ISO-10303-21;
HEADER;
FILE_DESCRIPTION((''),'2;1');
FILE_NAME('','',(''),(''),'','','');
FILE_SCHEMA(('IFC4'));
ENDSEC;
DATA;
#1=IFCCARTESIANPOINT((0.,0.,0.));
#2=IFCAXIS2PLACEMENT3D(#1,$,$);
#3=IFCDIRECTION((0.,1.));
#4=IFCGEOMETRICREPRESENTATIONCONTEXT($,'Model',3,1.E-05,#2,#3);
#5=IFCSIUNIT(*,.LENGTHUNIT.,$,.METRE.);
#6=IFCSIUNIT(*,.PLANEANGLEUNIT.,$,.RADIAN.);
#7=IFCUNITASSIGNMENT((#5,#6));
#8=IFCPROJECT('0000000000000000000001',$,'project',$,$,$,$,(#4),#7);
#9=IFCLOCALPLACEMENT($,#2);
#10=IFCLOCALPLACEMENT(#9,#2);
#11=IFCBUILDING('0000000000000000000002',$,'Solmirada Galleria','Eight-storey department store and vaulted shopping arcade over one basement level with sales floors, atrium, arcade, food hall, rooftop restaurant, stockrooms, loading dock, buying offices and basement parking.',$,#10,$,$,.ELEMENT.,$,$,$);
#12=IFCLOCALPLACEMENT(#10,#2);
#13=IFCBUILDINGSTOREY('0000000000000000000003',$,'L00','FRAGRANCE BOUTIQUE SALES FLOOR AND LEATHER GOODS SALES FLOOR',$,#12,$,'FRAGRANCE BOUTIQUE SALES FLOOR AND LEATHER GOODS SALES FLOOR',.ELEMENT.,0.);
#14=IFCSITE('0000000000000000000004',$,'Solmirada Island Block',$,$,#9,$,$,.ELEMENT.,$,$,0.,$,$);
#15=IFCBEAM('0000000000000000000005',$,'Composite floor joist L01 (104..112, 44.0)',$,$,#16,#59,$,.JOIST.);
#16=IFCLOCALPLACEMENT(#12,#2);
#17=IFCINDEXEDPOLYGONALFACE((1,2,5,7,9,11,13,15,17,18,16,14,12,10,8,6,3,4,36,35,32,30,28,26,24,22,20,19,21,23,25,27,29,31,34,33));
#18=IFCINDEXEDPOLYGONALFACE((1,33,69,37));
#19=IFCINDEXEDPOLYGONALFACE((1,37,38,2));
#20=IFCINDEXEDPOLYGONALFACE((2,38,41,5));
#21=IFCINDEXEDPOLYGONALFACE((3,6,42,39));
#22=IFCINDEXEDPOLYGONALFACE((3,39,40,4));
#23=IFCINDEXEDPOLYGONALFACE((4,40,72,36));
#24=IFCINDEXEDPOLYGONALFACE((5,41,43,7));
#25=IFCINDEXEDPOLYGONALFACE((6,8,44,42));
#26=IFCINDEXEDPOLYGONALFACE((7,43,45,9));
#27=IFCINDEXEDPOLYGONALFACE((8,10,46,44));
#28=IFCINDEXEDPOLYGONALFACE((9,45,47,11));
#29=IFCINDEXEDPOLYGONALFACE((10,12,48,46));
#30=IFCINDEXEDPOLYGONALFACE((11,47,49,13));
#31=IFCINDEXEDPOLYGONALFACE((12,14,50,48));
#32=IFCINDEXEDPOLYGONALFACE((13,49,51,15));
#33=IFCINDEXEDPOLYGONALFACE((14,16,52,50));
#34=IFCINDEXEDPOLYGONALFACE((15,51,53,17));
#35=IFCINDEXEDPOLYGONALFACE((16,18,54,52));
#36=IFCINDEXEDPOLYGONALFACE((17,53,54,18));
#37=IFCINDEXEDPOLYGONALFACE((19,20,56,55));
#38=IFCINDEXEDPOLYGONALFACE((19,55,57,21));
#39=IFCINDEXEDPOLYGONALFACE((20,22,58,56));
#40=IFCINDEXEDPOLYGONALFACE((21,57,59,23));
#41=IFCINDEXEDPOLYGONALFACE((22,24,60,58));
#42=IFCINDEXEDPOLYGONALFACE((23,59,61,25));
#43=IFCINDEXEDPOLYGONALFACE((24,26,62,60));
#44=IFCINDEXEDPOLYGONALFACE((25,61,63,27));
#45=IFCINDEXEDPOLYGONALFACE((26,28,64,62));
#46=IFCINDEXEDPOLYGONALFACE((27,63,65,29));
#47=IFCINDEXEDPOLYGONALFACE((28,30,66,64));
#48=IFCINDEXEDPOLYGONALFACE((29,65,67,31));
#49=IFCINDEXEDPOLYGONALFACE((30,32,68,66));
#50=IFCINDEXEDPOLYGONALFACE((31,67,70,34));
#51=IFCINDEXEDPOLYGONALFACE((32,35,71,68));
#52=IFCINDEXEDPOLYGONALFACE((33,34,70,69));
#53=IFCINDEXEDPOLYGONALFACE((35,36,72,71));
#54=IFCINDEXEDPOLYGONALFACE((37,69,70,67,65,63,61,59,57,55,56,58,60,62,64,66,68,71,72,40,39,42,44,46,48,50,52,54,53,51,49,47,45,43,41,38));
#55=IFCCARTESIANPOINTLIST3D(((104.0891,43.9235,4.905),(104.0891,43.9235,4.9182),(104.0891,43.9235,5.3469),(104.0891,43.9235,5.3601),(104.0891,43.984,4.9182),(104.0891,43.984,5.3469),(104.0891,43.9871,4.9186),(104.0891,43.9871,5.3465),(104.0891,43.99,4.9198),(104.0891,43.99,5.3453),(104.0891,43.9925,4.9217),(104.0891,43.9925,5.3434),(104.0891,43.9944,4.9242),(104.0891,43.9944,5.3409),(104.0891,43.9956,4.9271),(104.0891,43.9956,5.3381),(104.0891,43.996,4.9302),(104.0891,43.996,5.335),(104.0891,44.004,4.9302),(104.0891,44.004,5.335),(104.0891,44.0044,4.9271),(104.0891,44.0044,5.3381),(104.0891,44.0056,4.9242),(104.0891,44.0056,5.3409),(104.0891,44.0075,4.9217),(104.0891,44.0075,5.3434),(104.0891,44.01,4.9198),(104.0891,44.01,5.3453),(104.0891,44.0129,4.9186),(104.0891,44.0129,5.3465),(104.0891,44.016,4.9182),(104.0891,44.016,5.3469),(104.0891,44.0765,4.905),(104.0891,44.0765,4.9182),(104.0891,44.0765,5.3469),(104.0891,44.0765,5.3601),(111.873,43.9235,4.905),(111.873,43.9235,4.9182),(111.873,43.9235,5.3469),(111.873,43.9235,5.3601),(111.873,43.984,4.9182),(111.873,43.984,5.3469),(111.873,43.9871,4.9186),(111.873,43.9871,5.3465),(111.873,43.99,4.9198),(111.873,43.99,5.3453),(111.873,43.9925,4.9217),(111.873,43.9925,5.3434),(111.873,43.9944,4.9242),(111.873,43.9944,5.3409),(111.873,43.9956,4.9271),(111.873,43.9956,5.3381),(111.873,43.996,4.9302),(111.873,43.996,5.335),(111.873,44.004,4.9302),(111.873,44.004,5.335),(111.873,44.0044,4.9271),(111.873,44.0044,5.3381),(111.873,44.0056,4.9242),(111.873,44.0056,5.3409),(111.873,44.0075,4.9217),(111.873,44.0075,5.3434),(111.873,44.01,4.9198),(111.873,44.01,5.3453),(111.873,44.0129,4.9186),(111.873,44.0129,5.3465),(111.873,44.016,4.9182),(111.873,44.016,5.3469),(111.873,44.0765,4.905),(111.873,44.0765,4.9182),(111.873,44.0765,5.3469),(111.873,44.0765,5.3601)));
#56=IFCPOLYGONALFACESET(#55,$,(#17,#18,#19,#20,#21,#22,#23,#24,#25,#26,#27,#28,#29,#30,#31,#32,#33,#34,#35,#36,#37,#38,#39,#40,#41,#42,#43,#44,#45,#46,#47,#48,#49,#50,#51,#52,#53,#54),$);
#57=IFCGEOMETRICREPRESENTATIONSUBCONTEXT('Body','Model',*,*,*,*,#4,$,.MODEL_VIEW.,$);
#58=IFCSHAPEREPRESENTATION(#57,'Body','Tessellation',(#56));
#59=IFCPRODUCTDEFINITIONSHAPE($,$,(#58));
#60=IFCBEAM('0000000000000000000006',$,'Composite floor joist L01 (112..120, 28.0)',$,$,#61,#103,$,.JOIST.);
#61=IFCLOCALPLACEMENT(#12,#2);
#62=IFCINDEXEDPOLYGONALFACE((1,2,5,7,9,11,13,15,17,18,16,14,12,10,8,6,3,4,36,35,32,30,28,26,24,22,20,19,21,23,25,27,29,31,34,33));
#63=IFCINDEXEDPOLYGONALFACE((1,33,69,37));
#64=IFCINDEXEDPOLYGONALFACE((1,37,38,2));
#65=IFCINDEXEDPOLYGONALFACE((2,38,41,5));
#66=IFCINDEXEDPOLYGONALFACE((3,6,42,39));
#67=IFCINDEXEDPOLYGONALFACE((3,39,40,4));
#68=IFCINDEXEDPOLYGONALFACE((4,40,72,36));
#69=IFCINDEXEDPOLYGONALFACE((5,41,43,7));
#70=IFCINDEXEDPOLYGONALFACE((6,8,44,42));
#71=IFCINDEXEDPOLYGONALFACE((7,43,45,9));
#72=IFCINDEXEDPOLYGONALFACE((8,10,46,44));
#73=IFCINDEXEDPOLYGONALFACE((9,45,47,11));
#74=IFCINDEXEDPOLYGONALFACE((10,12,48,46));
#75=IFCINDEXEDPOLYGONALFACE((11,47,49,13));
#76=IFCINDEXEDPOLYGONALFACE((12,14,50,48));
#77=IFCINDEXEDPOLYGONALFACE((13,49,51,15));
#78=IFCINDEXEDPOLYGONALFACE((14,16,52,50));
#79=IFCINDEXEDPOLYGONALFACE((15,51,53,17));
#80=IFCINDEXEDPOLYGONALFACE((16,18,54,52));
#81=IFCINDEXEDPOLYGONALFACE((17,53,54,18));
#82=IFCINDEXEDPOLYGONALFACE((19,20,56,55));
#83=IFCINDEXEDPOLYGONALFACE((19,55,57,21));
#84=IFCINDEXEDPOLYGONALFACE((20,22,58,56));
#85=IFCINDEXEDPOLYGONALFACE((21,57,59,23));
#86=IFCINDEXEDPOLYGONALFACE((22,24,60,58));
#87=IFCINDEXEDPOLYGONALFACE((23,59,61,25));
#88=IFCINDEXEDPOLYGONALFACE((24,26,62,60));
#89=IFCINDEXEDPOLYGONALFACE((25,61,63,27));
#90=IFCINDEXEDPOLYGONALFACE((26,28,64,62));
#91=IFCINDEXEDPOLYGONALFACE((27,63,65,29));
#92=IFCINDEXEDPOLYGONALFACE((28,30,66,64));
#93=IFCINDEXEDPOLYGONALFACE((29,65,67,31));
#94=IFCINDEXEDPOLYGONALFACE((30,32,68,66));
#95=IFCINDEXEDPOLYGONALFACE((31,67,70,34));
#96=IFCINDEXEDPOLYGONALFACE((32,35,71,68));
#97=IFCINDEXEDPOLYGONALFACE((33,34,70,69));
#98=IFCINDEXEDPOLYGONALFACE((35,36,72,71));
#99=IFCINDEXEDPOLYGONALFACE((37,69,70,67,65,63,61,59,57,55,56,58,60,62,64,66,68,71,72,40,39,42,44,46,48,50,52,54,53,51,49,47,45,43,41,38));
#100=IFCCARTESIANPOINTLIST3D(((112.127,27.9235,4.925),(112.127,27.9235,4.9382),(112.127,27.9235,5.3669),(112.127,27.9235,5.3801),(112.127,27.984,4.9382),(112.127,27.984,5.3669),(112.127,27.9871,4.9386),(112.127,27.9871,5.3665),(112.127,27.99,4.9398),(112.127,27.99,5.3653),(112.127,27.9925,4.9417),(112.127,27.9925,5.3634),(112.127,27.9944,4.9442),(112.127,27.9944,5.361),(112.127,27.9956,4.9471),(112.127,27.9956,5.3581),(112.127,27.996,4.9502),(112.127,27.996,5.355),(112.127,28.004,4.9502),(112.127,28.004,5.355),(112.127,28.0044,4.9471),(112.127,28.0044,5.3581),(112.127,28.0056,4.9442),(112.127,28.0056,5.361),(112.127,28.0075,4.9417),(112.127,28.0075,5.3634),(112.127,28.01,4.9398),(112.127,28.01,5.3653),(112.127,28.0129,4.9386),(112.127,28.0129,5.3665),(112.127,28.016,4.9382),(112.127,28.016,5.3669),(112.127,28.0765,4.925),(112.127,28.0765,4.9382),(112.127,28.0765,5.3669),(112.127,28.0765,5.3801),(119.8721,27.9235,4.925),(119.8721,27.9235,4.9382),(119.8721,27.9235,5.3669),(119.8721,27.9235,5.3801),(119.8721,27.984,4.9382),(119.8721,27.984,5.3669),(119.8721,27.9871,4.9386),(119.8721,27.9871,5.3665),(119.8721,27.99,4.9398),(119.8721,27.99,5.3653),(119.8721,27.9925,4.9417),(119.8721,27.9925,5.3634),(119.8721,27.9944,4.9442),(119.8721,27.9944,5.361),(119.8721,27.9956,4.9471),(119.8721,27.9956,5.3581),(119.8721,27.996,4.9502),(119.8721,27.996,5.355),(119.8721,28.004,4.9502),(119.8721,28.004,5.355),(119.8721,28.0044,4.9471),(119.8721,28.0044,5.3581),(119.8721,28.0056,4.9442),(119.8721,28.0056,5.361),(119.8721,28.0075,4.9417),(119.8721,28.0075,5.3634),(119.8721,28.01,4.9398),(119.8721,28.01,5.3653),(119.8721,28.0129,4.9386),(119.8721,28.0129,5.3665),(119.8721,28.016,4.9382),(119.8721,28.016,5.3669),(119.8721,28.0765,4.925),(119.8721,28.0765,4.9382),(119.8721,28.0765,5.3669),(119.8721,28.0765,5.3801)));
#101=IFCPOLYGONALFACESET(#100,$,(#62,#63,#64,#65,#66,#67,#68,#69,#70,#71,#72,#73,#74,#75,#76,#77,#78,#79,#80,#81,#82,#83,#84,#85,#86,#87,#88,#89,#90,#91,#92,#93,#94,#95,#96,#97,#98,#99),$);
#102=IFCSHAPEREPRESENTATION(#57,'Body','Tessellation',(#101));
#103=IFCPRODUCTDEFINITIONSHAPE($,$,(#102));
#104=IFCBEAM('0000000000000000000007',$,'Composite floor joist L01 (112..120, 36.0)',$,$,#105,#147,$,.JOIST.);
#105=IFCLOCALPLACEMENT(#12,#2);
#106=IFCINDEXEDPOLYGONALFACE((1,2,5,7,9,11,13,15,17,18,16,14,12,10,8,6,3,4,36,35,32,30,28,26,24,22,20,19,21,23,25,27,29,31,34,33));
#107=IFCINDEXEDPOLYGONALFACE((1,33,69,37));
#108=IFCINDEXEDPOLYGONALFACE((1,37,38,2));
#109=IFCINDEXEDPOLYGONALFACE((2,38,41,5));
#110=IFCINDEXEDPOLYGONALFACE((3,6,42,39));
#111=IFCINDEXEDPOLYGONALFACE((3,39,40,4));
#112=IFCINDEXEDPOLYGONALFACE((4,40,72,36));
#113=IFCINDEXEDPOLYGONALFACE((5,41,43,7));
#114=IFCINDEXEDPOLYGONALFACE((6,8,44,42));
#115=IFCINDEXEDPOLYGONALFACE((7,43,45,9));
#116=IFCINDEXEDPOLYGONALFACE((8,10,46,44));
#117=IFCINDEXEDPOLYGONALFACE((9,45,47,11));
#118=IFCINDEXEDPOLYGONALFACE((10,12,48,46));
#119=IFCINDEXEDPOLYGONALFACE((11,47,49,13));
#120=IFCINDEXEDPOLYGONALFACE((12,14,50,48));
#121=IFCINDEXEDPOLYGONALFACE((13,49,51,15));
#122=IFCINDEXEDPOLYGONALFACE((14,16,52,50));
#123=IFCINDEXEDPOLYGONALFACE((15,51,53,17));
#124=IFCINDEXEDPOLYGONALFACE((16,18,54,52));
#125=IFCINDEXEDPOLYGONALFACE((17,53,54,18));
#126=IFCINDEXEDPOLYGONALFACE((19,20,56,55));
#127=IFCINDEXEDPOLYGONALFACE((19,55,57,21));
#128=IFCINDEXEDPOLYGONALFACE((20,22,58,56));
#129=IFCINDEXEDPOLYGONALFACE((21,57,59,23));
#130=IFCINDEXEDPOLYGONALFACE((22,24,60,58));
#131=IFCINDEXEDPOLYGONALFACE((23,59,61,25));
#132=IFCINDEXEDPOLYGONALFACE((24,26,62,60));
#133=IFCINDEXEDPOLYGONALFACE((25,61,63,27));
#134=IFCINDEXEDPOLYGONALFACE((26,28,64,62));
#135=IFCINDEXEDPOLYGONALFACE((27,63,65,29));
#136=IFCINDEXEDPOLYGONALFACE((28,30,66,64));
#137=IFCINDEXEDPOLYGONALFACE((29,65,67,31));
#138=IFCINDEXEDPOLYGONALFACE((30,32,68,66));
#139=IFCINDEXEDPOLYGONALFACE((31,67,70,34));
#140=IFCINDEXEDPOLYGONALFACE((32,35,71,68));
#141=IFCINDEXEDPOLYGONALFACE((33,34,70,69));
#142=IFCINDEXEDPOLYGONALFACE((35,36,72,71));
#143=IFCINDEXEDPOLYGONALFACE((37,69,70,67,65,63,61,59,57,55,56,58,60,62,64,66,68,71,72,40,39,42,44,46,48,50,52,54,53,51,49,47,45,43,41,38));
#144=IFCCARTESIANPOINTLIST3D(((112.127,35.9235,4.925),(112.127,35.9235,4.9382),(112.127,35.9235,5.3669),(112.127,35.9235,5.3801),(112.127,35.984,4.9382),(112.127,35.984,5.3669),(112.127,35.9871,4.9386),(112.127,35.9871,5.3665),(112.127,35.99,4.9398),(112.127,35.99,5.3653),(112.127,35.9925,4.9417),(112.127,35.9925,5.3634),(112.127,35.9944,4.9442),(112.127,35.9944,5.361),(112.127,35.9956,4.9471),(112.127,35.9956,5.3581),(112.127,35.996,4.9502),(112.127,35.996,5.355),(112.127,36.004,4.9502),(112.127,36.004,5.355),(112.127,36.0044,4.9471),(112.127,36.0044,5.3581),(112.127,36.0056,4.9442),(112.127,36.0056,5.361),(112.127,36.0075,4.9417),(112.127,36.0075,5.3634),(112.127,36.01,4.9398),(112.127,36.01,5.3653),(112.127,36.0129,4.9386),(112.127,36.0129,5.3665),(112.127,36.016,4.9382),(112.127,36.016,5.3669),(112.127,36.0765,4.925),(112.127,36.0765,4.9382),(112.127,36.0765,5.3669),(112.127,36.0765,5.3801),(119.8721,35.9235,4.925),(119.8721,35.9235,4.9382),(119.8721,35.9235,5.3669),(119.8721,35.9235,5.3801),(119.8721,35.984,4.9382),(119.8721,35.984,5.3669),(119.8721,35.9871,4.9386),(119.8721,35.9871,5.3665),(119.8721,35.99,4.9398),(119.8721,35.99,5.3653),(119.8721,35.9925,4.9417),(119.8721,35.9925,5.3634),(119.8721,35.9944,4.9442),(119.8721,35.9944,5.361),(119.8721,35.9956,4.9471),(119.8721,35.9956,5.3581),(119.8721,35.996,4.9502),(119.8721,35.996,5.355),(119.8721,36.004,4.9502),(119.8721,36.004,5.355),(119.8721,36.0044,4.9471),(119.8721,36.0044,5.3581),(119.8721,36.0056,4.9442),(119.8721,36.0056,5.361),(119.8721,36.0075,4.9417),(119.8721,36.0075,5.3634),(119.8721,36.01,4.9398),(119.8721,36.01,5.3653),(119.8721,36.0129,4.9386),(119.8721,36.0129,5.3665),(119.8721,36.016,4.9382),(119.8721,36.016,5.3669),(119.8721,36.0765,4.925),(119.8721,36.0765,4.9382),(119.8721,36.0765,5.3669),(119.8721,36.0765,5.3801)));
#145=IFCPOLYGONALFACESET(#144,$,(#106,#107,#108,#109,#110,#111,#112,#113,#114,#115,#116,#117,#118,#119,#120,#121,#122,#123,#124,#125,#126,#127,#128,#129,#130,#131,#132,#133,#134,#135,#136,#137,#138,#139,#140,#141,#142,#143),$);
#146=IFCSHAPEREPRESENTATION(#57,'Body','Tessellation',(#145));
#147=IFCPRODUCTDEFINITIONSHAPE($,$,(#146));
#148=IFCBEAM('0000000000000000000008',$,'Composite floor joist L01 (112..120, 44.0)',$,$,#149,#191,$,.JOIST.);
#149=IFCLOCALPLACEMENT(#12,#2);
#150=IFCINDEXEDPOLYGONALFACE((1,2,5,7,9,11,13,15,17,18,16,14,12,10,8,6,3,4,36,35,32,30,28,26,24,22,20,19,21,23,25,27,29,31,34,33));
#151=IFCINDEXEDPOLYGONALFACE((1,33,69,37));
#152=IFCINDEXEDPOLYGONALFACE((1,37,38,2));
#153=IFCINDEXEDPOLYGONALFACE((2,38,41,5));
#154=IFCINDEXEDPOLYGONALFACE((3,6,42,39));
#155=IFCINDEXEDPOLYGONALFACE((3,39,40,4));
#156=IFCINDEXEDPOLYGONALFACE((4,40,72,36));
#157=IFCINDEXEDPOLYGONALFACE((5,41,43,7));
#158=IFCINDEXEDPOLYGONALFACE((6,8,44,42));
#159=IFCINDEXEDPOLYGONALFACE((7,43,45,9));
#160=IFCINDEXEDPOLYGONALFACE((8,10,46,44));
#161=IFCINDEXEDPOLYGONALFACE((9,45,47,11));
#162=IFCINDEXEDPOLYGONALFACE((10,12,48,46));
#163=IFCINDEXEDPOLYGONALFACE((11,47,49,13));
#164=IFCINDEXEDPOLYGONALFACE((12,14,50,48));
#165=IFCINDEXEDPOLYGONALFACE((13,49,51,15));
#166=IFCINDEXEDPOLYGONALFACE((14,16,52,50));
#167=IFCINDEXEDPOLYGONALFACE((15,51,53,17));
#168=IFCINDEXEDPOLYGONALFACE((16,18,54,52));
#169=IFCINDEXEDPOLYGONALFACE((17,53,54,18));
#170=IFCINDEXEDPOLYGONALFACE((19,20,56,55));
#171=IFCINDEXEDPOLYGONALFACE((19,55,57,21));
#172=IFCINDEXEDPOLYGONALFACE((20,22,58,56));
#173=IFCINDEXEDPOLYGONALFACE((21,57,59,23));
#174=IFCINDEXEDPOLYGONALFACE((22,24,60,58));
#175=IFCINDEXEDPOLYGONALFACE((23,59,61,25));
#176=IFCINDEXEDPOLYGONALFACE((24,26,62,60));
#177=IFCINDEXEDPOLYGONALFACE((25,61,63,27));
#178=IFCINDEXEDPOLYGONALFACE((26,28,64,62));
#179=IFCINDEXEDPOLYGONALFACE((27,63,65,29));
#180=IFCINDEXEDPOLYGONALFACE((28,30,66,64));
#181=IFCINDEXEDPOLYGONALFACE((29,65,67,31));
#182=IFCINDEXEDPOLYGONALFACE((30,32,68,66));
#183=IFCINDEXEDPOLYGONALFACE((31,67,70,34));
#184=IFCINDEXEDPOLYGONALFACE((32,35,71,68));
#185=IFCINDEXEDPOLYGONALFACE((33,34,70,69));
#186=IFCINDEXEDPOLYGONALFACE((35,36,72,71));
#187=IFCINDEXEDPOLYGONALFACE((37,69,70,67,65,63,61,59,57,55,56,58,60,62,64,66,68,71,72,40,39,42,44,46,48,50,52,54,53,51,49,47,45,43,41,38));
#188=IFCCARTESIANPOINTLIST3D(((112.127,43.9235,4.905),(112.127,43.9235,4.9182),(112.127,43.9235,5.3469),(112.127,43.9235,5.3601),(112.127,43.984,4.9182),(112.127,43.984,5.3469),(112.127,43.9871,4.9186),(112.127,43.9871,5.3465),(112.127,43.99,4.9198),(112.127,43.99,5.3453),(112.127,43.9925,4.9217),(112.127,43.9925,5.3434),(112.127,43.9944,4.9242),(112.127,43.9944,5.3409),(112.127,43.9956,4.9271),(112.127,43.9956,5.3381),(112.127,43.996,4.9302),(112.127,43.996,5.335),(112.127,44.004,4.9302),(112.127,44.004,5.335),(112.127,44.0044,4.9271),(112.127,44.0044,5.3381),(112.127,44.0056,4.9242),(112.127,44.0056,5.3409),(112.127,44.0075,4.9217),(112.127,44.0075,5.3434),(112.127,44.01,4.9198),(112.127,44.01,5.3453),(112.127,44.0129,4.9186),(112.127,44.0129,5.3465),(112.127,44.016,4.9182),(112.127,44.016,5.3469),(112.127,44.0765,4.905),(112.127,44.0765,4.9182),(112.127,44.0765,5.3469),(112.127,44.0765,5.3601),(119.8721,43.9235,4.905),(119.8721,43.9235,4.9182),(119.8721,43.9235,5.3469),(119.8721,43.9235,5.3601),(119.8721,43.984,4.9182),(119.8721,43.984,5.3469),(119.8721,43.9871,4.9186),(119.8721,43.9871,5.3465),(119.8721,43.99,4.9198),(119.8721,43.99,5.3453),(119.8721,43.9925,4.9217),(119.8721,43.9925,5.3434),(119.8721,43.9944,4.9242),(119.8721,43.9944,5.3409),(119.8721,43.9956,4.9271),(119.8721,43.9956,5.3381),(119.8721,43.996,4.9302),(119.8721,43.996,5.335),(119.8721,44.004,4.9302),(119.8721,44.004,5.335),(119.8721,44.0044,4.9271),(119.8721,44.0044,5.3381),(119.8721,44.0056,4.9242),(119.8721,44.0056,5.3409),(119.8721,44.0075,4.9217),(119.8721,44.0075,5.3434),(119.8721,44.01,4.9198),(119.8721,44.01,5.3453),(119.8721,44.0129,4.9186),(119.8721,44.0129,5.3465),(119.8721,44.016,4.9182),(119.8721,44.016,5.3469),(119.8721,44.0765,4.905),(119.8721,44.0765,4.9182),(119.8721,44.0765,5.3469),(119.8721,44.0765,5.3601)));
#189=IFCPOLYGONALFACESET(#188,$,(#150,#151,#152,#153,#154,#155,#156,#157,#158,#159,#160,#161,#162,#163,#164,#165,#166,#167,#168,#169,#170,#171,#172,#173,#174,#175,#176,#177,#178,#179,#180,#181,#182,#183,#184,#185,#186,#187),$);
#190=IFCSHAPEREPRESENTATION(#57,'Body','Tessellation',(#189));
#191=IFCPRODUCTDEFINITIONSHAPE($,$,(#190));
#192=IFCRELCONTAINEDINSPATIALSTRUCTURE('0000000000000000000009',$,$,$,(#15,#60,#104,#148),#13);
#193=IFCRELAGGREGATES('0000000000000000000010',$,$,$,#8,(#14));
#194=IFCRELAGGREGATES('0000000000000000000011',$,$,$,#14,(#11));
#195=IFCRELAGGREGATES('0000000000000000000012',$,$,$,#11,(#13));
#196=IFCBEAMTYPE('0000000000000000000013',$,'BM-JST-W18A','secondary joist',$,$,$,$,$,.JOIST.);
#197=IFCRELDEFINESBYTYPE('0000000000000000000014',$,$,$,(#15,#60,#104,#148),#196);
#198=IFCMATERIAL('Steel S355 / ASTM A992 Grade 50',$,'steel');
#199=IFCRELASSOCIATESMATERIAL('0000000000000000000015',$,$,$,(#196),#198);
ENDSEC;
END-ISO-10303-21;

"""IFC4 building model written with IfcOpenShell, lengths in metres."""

from ifc_helpers import new_model, si_unit, direction, frame, origin, origin_2d, place, context, subcontext, project, spatial, i_section, extrude, material, material_profile, profile_set, type_object, element, save


model = new_model("IFC4")

# Units and contexts
model_context = context("Model", 3, precision=1e-05, world=origin(), true_north=direction((0.0, 1.0)))
body_context = subcontext(model_context, "Body", "Model", "MODEL_VIEW")
ifc_project = project(units=[si_unit("LENGTHUNIT", "METRE"), si_unit("PLANEANGLEUNIT", "RADIAN")], contexts=[model_context])

# Site, building, storey
site_placement = place(None, origin())
site = spatial("IfcSite", under=ifc_project, at=site_placement, Name="Solmirada Island Block", CompositionType="ELEMENT", RefElevation=0.0)
building_placement = place(site_placement, origin())
building = spatial("IfcBuilding", under=site, at=building_placement, Name="Solmirada Galleria", Description="Eight-storey department store and vaulted shopping arcade over one basement level with sales floors, atrium, arcade, food hall, rooftop restaurant, stockrooms, loading dock, buying offices and basement parking.", CompositionType="ELEMENT")
storey_placement = place(building_placement, origin())
storey = spatial("IfcBuildingStorey", under=building, at=storey_placement, Name="L00", Description="FRAGRANCE BOUTIQUE SALES FLOOR AND LEATHER GOODS SALES FLOOR", LongName="FRAGRANCE BOUTIQUE SALES FLOOR AND LEATHER GOODS SALES FLOOR", CompositionType="ELEMENT", Elevation=0.0)

# Beams
ifc_material_1 = material(Name="Steel S355 / ASTM A992 Grade 50", Category="steel")
ifc_material_profile_1 = material_profile(ifc_material_1, i_section(OverallWidth=0.1531, OverallDepth=0.4551, WebThickness=0.0081, FlangeThickness=0.0132, FilletRadius=0.012, at=origin_2d()), Name="W18X40")
ifc_profile_set_1 = profile_set([ifc_material_profile_1], Name="Steel S355 / ASTM A992 Grade 50")
beam_type_1 = type_object("IfcBeamType", Name="BM-JST-W18A", Description="secondary joist", PredefinedType="JOIST", material=ifc_profile_set_1)
beam_1_placement = place(storey_placement, frame((104.0891, 44.0, 5.1326), z_axis=(1.0, 0.0, 0.0), x_axis=(0.0, 1.0, 0.0)))
element("IfcBeam", 1, at=beam_1_placement, inside=storey, type_object=beam_type_1, Name="Composite floor joist L01 (104..112, 44.0)", PredefinedType="JOIST", context=body_context, shape_type="SweptSolid", body=[
    extrude(i_section(OverallWidth=0.1531, OverallDepth=0.4551, WebThickness=0.0081, FlangeThickness=0.0132, FilletRadius=0.012, at=origin_2d()), origin(), (0.0, 0.0, 1.0), 7.7839),
])
for number, where, z_axis, x_axis, name in (
    (2, (112.127, 28.0, 5.1526), (1.0, 0.0, 0.0), (0.0, 1.0, 0.0), "Composite floor joist L01 (112..120, 28.0)"),
    (3, (112.127, 36.0, 5.1526), (1.0, 0.0, 0.0), (0.0, 1.0, 0.0), "Composite floor joist L01 (112..120, 36.0)"),
    (4, (112.127, 44.0, 5.1326), (1.0, 0.0, 0.0), (0.0, 1.0, 0.0), "Composite floor joist L01 (112..120, 44.0)"),
):
    element("IfcBeam", number, at=place(storey_placement, frame(where, z_axis=z_axis, x_axis=x_axis)), inside=storey, type_object=beam_type_1, Name=name, PredefinedType="JOIST", context=body_context, shape_type="SweptSolid", body=[
        extrude(i_section(OverallWidth=0.1531, OverallDepth=0.4551, WebThickness=0.0081, FlangeThickness=0.0132, FilletRadius=0.012, at=origin_2d()), origin(), (0.0, 0.0, 1.0), 7.7451),
    ])

save(model, "model.ifc")
